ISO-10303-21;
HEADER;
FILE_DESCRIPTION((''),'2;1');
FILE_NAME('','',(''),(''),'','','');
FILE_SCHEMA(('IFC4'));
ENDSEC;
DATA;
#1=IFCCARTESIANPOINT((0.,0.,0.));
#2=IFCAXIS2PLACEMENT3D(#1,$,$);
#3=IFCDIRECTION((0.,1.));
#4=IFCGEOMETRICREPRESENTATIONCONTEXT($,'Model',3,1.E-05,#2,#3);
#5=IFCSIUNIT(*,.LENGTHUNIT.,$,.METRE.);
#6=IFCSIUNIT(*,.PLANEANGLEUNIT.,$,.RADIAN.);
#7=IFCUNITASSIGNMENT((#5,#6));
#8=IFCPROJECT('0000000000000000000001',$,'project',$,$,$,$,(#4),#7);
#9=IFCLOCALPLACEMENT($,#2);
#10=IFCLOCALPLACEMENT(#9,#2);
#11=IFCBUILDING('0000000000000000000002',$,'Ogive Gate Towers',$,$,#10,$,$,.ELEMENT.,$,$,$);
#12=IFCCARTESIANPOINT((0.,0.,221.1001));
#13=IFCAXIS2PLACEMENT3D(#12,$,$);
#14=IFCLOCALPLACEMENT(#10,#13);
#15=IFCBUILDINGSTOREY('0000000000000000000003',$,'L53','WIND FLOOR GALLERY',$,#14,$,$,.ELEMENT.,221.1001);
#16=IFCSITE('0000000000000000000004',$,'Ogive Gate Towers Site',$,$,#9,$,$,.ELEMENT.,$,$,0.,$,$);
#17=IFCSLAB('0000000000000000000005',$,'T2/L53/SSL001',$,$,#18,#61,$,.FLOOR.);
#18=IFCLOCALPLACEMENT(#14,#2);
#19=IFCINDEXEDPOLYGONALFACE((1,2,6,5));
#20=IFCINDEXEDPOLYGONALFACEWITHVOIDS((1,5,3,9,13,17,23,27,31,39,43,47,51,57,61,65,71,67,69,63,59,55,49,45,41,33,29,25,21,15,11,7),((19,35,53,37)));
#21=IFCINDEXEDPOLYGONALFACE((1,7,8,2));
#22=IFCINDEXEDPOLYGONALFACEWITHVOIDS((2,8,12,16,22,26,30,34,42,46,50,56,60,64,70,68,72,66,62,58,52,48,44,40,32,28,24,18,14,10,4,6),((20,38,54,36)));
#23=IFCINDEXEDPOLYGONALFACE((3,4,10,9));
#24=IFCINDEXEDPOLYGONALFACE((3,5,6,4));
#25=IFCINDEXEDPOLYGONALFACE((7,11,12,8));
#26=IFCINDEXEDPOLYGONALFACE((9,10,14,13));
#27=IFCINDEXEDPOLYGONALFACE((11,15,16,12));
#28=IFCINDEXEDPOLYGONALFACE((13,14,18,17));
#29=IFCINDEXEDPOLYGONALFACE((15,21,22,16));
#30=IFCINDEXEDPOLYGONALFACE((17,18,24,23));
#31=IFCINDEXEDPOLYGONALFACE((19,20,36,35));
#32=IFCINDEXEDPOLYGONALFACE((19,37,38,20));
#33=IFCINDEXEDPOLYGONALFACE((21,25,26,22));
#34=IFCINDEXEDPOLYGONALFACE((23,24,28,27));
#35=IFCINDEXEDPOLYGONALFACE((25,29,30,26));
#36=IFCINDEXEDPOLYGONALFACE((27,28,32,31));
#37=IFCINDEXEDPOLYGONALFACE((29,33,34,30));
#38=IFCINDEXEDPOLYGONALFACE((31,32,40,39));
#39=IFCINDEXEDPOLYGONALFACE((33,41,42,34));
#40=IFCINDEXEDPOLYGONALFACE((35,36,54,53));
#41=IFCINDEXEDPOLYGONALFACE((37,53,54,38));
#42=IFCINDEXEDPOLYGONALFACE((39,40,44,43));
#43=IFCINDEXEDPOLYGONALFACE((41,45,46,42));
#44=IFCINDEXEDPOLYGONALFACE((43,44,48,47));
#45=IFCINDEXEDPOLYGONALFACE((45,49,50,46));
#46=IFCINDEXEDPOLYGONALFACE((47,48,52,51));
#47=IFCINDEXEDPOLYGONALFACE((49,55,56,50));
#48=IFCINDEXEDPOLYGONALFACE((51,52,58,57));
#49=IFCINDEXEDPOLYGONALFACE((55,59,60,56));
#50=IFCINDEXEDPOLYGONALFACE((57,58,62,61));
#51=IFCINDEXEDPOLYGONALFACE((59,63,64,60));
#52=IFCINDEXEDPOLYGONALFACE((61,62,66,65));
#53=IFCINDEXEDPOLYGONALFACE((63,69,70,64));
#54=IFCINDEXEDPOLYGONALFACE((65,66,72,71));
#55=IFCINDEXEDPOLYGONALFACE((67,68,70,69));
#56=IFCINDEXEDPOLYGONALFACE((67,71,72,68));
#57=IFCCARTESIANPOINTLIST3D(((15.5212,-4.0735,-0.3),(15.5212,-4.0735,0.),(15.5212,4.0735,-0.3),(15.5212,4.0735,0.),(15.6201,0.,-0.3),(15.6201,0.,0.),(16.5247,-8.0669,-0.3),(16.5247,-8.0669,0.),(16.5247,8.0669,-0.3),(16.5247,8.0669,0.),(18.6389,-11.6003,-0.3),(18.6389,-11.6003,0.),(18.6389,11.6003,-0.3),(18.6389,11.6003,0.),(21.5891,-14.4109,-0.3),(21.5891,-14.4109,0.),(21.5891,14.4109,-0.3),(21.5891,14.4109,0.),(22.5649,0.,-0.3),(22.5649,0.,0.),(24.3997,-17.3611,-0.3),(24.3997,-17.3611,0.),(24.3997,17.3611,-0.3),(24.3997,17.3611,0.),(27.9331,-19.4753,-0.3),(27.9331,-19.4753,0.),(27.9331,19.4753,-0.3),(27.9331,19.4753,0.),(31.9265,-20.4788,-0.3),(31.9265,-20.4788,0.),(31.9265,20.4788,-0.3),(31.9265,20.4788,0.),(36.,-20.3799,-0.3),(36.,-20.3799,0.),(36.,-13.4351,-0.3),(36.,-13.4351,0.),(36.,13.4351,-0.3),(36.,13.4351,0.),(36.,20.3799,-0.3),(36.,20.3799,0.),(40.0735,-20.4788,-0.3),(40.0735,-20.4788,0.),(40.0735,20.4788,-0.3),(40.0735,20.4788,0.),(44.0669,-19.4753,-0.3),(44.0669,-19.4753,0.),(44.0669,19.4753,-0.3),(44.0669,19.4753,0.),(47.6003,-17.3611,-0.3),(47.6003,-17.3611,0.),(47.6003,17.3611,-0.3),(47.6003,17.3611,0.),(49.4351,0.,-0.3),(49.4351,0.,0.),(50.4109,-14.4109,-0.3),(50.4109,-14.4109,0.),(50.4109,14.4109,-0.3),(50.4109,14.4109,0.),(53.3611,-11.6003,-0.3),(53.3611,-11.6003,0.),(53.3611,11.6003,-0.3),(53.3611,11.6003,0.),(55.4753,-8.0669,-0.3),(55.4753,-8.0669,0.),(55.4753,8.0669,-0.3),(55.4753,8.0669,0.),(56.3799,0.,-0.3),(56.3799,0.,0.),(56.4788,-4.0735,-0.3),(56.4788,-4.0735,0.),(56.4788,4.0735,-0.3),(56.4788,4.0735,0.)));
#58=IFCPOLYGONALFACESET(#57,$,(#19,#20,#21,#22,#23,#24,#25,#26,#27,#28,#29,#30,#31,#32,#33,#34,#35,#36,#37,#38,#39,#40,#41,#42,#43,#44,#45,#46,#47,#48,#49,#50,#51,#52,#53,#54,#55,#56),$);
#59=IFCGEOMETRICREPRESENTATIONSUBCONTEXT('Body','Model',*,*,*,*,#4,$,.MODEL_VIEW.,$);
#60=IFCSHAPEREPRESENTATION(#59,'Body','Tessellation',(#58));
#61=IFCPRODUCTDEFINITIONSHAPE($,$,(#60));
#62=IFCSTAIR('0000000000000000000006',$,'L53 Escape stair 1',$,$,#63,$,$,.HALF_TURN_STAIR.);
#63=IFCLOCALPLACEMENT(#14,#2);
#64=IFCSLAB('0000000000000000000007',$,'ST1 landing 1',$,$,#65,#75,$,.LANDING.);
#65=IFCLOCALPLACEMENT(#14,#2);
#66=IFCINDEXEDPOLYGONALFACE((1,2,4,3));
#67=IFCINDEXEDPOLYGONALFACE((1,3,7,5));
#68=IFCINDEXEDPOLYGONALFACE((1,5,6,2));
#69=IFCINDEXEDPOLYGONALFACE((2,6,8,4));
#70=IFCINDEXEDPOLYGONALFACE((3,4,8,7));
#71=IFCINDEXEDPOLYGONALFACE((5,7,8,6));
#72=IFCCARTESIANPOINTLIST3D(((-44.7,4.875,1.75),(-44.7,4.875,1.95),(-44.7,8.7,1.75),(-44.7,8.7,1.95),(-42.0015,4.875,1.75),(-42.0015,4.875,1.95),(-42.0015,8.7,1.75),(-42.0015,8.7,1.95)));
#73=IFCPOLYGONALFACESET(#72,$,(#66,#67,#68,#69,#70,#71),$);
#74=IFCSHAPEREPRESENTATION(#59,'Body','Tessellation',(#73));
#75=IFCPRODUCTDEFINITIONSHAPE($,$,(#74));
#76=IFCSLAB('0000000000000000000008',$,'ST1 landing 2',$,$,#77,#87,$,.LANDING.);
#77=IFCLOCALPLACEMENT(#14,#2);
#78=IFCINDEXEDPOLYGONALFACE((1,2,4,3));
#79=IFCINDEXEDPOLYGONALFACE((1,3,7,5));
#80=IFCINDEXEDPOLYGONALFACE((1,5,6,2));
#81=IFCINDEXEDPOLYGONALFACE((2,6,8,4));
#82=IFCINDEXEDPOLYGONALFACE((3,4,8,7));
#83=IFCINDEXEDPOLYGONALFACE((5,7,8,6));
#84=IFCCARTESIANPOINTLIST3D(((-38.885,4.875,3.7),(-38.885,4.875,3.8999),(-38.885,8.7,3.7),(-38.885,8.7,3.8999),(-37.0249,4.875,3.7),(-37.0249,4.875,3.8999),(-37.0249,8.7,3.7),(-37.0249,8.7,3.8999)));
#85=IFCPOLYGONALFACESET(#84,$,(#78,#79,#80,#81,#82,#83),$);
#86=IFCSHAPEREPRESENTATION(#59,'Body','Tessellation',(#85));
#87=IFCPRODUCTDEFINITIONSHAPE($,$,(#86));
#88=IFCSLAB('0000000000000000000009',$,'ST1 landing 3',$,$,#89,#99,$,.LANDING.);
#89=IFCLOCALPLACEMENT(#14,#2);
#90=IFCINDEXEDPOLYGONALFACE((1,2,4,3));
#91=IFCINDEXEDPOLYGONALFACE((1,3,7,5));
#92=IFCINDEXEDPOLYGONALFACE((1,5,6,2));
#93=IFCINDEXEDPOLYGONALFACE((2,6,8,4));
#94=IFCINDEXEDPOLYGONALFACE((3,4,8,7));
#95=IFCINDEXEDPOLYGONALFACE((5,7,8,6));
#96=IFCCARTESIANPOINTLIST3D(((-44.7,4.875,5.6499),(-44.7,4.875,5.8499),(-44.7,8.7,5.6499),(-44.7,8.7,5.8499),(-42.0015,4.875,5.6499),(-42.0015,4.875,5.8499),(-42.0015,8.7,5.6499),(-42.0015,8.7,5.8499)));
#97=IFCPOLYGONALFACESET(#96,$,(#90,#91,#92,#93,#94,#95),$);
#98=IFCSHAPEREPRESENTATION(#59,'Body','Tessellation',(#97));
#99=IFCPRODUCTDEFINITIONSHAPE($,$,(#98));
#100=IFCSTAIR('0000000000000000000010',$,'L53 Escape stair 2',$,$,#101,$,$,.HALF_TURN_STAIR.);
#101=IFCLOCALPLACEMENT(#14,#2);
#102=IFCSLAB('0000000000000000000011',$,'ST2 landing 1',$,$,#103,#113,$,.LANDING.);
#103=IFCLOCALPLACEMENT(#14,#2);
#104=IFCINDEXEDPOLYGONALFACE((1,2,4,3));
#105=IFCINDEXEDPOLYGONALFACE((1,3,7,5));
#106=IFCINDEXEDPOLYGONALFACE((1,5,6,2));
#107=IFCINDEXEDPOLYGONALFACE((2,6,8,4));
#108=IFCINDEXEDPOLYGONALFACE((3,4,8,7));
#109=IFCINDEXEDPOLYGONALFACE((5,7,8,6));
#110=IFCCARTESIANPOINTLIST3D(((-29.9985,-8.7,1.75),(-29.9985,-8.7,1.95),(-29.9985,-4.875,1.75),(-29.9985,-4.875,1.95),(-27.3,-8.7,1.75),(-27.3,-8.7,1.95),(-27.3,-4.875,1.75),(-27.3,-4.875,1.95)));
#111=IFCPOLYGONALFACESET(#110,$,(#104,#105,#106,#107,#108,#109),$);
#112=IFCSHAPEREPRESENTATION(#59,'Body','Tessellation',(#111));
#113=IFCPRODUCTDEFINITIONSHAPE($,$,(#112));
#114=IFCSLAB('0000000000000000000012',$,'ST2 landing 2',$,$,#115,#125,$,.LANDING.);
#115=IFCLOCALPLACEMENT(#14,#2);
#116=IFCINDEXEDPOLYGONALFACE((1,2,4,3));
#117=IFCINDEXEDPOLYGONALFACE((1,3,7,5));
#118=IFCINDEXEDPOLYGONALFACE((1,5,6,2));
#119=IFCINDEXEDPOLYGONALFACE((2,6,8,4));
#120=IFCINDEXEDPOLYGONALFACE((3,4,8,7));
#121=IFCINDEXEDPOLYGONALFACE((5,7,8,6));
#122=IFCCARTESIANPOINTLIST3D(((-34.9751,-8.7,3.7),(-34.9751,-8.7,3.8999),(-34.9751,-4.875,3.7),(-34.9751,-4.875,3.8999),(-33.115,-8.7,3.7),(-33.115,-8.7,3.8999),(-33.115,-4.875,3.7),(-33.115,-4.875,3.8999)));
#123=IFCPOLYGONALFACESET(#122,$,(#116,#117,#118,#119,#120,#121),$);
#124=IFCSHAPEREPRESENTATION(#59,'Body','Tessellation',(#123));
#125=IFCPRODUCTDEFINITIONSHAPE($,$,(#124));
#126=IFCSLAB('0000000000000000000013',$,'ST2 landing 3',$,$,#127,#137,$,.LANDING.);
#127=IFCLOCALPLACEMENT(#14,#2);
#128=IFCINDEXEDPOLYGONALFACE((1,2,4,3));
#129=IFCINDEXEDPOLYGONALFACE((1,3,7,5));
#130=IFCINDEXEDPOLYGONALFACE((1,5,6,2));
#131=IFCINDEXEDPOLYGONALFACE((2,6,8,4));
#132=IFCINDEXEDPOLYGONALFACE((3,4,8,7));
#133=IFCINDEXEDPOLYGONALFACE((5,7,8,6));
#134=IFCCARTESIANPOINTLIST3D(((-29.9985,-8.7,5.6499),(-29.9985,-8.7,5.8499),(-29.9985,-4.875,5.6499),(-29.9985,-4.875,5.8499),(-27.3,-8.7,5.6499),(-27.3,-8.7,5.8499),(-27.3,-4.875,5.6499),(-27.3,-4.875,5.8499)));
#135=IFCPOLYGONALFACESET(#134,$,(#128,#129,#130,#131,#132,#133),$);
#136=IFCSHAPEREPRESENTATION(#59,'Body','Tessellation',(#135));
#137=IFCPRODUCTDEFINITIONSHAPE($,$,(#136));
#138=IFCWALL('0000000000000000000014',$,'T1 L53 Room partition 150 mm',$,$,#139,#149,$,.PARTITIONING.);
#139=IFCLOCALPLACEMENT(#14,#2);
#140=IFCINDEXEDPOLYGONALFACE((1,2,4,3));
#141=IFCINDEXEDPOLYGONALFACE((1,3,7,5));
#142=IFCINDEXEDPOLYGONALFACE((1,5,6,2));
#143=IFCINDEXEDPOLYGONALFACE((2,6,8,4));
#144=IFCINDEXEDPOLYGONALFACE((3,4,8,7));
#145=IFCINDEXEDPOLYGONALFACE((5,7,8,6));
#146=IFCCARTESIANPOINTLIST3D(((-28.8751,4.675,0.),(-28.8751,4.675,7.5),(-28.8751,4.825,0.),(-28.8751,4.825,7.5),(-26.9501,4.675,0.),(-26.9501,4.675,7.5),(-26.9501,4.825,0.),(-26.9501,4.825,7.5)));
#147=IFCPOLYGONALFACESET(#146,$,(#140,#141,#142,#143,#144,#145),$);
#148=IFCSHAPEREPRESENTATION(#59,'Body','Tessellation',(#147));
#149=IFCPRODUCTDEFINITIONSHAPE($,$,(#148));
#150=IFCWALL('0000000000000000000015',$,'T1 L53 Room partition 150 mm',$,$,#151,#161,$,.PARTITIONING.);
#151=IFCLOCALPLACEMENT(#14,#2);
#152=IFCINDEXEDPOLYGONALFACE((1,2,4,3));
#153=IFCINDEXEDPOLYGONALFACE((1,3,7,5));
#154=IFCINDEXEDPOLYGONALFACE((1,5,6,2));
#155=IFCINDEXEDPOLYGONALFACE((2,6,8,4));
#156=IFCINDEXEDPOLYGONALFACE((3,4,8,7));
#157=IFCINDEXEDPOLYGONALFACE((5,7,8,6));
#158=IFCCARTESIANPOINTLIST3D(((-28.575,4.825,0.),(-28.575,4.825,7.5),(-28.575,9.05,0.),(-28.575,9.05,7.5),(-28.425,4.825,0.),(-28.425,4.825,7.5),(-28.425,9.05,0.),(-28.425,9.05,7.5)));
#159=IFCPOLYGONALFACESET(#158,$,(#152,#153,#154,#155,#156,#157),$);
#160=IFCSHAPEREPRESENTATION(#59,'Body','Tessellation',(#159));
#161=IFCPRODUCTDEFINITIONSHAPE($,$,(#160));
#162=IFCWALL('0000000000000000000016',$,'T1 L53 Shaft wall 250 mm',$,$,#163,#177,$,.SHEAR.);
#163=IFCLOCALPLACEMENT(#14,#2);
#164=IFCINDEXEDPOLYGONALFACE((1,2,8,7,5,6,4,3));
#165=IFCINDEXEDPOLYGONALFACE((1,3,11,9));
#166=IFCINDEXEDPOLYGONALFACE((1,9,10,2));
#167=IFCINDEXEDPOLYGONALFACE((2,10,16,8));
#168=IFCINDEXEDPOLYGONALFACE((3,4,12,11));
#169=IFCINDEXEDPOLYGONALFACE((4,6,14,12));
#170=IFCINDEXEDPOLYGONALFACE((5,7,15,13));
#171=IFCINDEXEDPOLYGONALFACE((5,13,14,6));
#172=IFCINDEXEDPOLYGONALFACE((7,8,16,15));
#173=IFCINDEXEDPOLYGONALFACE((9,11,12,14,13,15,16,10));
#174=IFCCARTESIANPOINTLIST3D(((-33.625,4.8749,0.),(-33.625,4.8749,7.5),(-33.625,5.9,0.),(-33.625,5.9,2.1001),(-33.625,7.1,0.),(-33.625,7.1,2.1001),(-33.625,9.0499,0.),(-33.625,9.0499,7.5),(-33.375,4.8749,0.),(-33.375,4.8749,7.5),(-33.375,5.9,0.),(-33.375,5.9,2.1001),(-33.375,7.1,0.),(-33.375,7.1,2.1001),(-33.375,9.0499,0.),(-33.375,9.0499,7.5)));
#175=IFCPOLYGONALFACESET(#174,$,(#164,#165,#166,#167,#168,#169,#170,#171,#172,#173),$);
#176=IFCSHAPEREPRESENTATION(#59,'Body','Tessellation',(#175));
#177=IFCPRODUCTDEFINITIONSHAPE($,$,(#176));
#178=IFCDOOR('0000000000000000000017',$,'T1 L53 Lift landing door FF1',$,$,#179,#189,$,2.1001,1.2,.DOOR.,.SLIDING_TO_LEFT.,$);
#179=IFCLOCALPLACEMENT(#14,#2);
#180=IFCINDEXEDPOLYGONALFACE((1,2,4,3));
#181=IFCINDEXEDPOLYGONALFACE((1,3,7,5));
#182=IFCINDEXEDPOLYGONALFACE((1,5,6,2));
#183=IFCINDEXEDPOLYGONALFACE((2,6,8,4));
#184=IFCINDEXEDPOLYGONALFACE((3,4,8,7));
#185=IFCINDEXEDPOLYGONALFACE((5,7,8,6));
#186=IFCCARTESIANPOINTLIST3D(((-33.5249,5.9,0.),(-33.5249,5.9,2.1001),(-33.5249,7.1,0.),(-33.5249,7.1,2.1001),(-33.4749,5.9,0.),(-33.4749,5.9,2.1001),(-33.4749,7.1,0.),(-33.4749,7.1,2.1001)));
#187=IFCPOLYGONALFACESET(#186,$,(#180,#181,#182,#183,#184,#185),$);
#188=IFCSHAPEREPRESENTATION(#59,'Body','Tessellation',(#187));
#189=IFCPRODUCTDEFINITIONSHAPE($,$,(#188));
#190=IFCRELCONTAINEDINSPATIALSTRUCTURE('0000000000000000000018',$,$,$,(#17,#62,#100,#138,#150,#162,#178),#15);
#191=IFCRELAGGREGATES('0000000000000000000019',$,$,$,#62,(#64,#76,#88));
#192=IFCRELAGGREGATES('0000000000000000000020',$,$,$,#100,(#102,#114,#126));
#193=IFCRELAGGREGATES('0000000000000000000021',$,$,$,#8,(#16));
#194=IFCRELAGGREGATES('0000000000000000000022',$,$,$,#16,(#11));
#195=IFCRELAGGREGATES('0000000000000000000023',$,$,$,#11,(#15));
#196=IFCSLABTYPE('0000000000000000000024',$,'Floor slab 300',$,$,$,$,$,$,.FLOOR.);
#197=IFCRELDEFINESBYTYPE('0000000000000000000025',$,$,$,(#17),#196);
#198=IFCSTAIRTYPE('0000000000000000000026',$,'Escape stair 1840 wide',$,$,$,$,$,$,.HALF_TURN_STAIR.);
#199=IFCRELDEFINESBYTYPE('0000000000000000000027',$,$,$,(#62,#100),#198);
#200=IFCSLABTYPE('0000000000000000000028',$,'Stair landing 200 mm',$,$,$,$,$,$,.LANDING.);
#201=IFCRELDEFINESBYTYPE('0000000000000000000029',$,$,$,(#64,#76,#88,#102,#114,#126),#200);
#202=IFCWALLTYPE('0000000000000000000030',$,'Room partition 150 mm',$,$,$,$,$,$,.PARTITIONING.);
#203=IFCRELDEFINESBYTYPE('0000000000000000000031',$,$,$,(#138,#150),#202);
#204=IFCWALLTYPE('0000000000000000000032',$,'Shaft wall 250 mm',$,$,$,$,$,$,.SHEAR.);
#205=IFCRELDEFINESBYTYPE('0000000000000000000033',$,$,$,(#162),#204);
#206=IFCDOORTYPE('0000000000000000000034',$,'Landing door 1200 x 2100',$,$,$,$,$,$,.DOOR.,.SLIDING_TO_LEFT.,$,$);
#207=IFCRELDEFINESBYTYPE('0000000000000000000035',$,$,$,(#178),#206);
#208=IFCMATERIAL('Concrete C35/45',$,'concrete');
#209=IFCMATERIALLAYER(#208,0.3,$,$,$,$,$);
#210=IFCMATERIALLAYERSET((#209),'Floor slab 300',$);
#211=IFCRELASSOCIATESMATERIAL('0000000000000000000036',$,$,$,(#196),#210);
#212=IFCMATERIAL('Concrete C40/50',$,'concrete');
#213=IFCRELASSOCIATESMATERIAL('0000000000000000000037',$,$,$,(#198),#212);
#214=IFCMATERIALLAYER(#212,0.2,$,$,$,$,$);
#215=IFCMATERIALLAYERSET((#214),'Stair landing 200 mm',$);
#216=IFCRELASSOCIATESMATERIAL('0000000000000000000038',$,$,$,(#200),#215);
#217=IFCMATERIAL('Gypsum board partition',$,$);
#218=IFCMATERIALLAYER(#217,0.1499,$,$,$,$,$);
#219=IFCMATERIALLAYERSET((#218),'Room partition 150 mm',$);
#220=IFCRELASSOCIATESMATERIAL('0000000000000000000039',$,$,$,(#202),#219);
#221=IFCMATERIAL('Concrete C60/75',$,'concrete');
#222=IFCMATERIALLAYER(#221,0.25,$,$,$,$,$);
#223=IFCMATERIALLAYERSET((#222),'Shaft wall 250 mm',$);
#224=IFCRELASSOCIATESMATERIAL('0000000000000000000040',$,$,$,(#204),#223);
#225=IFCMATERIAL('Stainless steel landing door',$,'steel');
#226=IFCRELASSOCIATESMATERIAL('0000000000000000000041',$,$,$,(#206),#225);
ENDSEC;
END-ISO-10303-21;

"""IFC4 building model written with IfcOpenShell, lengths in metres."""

from ifc_helpers import new_model, si_unit, direction, frame, frame_2d, origin, place, context, subcontext, project, spatial, polyline, rectangle, outline, extrude, material, layer, layer_set, type_object, element, fill, aggregate, save


model = new_model("IFC4")

# Units and contexts
model_context = context("Model", 3, precision=1e-05, world=origin(), true_north=direction((0.0, 1.0)))
body_context = subcontext(model_context, "Body", "Model", "MODEL_VIEW")
ifc_project = project(units=[si_unit("LENGTHUNIT", "METRE"), si_unit("PLANEANGLEUNIT", "RADIAN")], contexts=[model_context])

# Site, building, storey
site_placement = place(None, origin())
site = spatial("IfcSite", under=ifc_project, at=site_placement, Name="Ogive Gate Towers Site", CompositionType="ELEMENT", RefElevation=0.0)
building_placement = place(site_placement, origin())
building = spatial("IfcBuilding", under=site, at=building_placement, Name="Ogive Gate Towers", CompositionType="ELEMENT")
storey_placement = place(building_placement, frame((0.0, 0.0, 221.1001)))
storey = spatial("IfcBuildingStorey", under=building, at=storey_placement, Name="L53", Description="WIND FLOOR GALLERY", CompositionType="ELEMENT", Elevation=221.1001)

# Slab
ifc_material_1 = material(Name="Concrete C40/50", Category="concrete")
ifc_material_2 = material(Name="Concrete C35/45", Category="concrete")
ifc_layer_1 = layer(ifc_material_2, 0.3)
ifc_layer_set_1 = layer_set([ifc_layer_1], Name="Floor slab 300")
slab_type_1 = type_object("IfcSlabType", Name="Floor slab 300", PredefinedType="FLOOR", material=ifc_layer_set_1)
slab_1_placement = place(storey_placement, frame((0.0, 0.0, -0.3)))
element("IfcSlab", 1, at=slab_1_placement, inside=storey, type_object=slab_type_1, Name="T2/L53/SSL001", PredefinedType="FLOOR", context=body_context, shape_type="SweptSolid", body=[
    extrude(outline(polyline([(56.4788, -4.0735), (56.3799, 0.0), (56.4788, 4.0735), (55.4753, 8.0669), (53.3611, 11.6003), (50.4109, 14.4109), (47.6003, 17.3611), (44.0669, 19.4753), (40.0735, 20.4788), (36.0, 20.3799), (31.9265, 20.4788), (27.9331, 19.4753), (24.3997, 17.3611), (21.5891, 14.4109), (18.6389, 11.6003), (16.5247, 8.0669), (15.5212, 4.0735), (15.6201, 0.0), (15.5212, -4.0735), (16.5247, -8.0669), (18.6389, -11.6003), (21.5891, -14.4109), (24.3997, -17.3611), (27.9331, -19.4753), (31.9265, -20.4788), (36.0, -20.3799), (40.0735, -20.4788), (44.0669, -19.4753), (47.6003, -17.3611), (50.4109, -14.4109), (53.3611, -11.6003), (55.4753, -8.0669), (56.4788, -4.0735)]), holes=[polyline([(49.4351, 0.0), (36.0, -13.4351), (22.5649, 0.0), (36.0, 13.4351), (49.4351, 0.0)])]), origin(), (0.0, 0.0, 1.0), 0.3),
])

# Stairs, slabs
stair_type = type_object("IfcStairType", Name="Escape stair 1840 wide", PredefinedType="HALF_TURN_STAIR", material=ifc_material_1)
stair_1_placement = place(storey_placement, origin())
stair_1 = element("IfcStair", 2, at=stair_1_placement, inside=storey, type_object=stair_type, Name="L53 Escape stair 1", PredefinedType="HALF_TURN_STAIR")
ifc_layer_2 = layer(ifc_material_1, 0.2)
ifc_layer_set_2 = layer_set([ifc_layer_2], Name="Stair landing 200 mm")
slab_type_2 = type_object("IfcSlabType", Name="Stair landing 200 mm", PredefinedType="LANDING", material=ifc_layer_set_2)
slab_2_placement = place(storey_placement, frame((0.0, 0.0, 1.75)))
slab_2 = element("IfcSlab", 3, at=slab_2_placement, type_object=slab_type_2, Name="ST1 landing 1", PredefinedType="LANDING", context=body_context, shape_type="SweptSolid", body=[
    extrude(outline(polyline([(-42.0015, 8.7), (-44.7, 8.7), (-44.7, 4.875), (-42.0015, 4.875), (-42.0015, 8.7)])), origin(), (0.0, 0.0, 1.0), 0.2),
])
slab_3_placement = place(storey_placement, frame((0.0, 0.0, 3.7)))
slab_3 = element("IfcSlab", 4, at=slab_3_placement, type_object=slab_type_2, Name="ST1 landing 2", PredefinedType="LANDING", context=body_context, shape_type="SweptSolid", body=[
    extrude(outline(polyline([(-37.0249, 8.7), (-38.885, 8.7), (-38.885, 4.875), (-37.0249, 4.875), (-37.0249, 8.7)])), origin(), (0.0, 0.0, 1.0), 0.2),
])
slab_4_placement = place(storey_placement, frame((0.0, 0.0, 5.6499)))
slab_4 = element("IfcSlab", 5, at=slab_4_placement, type_object=slab_type_2, Name="ST1 landing 3", PredefinedType="LANDING", context=body_context, shape_type="SweptSolid", body=[
    extrude(outline(polyline([(-42.0015, 8.7), (-44.7, 8.7), (-44.7, 4.875), (-42.0015, 4.875), (-42.0015, 8.7)])), origin(), (0.0, 0.0, 1.0), 0.2),
])
aggregate(stair_1, [slab_2, slab_3, slab_4])
stair_2_placement = place(storey_placement, origin())
stair_2 = element("IfcStair", 6, at=stair_2_placement, inside=storey, type_object=stair_type, Name="L53 Escape stair 2", PredefinedType="HALF_TURN_STAIR")
slab_5_placement = place(storey_placement, frame((0.0, 0.0, 1.75)))
slab_5 = element("IfcSlab", 7, at=slab_5_placement, type_object=slab_type_2, Name="ST2 landing 1", PredefinedType="LANDING", context=body_context, shape_type="SweptSolid", body=[
    extrude(outline(polyline([(-29.9985, -8.7), (-27.3, -8.7), (-27.3, -4.875), (-29.9985, -4.875), (-29.9985, -8.7)])), origin(), (0.0, 0.0, 1.0), 0.2),
])
slab_6_placement = place(storey_placement, frame((0.0, 0.0, 3.7)))
slab_6 = element("IfcSlab", 8, at=slab_6_placement, type_object=slab_type_2, Name="ST2 landing 2", PredefinedType="LANDING", context=body_context, shape_type="SweptSolid", body=[
    extrude(outline(polyline([(-34.9751, -8.7), (-33.115, -8.7), (-33.115, -4.875), (-34.9751, -4.875), (-34.9751, -8.7)])), origin(), (0.0, 0.0, 1.0), 0.2),
])
slab_7_placement = place(storey_placement, frame((0.0, 0.0, 5.6499)))
slab_7 = element("IfcSlab", 9, at=slab_7_placement, type_object=slab_type_2, Name="ST2 landing 3", PredefinedType="LANDING", context=body_context, shape_type="SweptSolid", body=[
    extrude(outline(polyline([(-29.9985, -8.7), (-27.3, -8.7), (-27.3, -4.875), (-29.9985, -4.875), (-29.9985, -8.7)])), origin(), (0.0, 0.0, 1.0), 0.2),
])
aggregate(stair_2, [slab_5, slab_6, slab_7])

# Walls
ifc_material_3 = material(Name="Gypsum board partition")
ifc_layer_3 = layer(ifc_material_3, 0.1499)
ifc_layer_set_3 = layer_set([ifc_layer_3], Name="Room partition 150 mm")
wall_type_1 = type_object("IfcWallType", Name="Room partition 150 mm", PredefinedType="PARTITIONING", material=ifc_layer_set_3)
wall_1_placement = place(storey_placement, frame((-28.875, 4.75, 0.0), z_axis=(0.0, 0.0, 1.0), x_axis=(1.0, 0.0, 0.0)))
element("IfcWall", 10, at=wall_1_placement, inside=storey, type_object=wall_type_1, Name="T1 L53 Room partition 150 mm", PredefinedType="PARTITIONING", context=body_context, shape_type="SweptSolid", body=[
    extrude(rectangle(XDim=1.925, YDim=0.1499, at=frame_2d((0.9624, 0.0))), origin(), (0.0, 0.0, 1.0), 7.5),
])
wall_2_placement = place(storey_placement, frame((-28.5, 4.825, 0.0), z_axis=(0.0, 0.0, 1.0), x_axis=(0.0, 1.0, 0.0)))
element("IfcWall", 11, at=wall_2_placement, inside=storey, type_object=wall_type_1, Name="T1 L53 Room partition 150 mm", PredefinedType="PARTITIONING", context=body_context, shape_type="SweptSolid", body=[
    extrude(rectangle(XDim=4.2251, YDim=0.1499, at=frame_2d((2.1125, 0.0))), origin(), (0.0, 0.0, 1.0), 7.5),
])

# Wall, opening, door
ifc_material_4 = material(Name="Concrete C60/75", Category="concrete")
ifc_layer_4 = layer(ifc_material_4, 0.25)
ifc_layer_set_4 = layer_set([ifc_layer_4], Name="Shaft wall 250 mm")
wall_type_2 = type_object("IfcWallType", Name="Shaft wall 250 mm", PredefinedType="SHEAR", material=ifc_layer_set_4)
wall_3_placement = place(storey_placement, frame((-33.5, 4.875, 0.0), z_axis=(0.0, 0.0, 1.0), x_axis=(0.0, 1.0, 0.0)))
wall_3 = element("IfcWall", 12, at=wall_3_placement, inside=storey, type_object=wall_type_2, Name="T1 L53 Shaft wall 250 mm", PredefinedType="SHEAR", context=body_context, shape_type="SweptSolid", body=[
    extrude(rectangle(XDim=4.175, YDim=0.25, at=frame_2d((2.0874, 0.0))), origin(), (0.0, 0.0, 1.0), 7.5),
])
opening_placement = place(wall_3_placement, frame((1.0249, 0.0, 0.0)))
opening = element("IfcOpeningElement", 13, at=opening_placement, cuts=wall_3, PredefinedType="OPENING", context=body_context, shape_type="SweptSolid", body=[
    extrude(rectangle(XDim=1.2, YDim=2.1001, at=frame_2d((0.6001, 1.05))), frame((0.0, 0.135, 0.0), z_axis=(0.0, -1.0, 0.0), x_axis=(1.0, 0.0, 0.0)), (0.0, 0.0, 1.0), 0.27),
])
ifc_material_5 = material(Name="Stainless steel landing door", Category="steel")
door_type = type_object("IfcDoorType", Name="Landing door 1200 x 2100", OperationType="SLIDING_TO_LEFT", PredefinedType="DOOR", material=ifc_material_5)
door_placement = place(opening_placement, origin())
door = element("IfcDoor", 14, at=door_placement, inside=storey, type_object=door_type, Name="T1 L53 Lift landing door FF1", OperationType="SLIDING_TO_LEFT", OverallHeight=2.1001, OverallWidth=1.2, PredefinedType="DOOR", context=body_context, shape_type="SweptSolid", body=[
    extrude(rectangle(XDim=1.2, YDim=2.1001, at=frame_2d((0.6001, 1.05))), frame((0.0, 0.0249, 0.0), z_axis=(0.0, -1.0, 0.0), x_axis=(1.0, 0.0, 0.0)), (0.0, 0.0, 1.0), 0.05),
])
fill(opening, door)

save(model, "model.ifc")
